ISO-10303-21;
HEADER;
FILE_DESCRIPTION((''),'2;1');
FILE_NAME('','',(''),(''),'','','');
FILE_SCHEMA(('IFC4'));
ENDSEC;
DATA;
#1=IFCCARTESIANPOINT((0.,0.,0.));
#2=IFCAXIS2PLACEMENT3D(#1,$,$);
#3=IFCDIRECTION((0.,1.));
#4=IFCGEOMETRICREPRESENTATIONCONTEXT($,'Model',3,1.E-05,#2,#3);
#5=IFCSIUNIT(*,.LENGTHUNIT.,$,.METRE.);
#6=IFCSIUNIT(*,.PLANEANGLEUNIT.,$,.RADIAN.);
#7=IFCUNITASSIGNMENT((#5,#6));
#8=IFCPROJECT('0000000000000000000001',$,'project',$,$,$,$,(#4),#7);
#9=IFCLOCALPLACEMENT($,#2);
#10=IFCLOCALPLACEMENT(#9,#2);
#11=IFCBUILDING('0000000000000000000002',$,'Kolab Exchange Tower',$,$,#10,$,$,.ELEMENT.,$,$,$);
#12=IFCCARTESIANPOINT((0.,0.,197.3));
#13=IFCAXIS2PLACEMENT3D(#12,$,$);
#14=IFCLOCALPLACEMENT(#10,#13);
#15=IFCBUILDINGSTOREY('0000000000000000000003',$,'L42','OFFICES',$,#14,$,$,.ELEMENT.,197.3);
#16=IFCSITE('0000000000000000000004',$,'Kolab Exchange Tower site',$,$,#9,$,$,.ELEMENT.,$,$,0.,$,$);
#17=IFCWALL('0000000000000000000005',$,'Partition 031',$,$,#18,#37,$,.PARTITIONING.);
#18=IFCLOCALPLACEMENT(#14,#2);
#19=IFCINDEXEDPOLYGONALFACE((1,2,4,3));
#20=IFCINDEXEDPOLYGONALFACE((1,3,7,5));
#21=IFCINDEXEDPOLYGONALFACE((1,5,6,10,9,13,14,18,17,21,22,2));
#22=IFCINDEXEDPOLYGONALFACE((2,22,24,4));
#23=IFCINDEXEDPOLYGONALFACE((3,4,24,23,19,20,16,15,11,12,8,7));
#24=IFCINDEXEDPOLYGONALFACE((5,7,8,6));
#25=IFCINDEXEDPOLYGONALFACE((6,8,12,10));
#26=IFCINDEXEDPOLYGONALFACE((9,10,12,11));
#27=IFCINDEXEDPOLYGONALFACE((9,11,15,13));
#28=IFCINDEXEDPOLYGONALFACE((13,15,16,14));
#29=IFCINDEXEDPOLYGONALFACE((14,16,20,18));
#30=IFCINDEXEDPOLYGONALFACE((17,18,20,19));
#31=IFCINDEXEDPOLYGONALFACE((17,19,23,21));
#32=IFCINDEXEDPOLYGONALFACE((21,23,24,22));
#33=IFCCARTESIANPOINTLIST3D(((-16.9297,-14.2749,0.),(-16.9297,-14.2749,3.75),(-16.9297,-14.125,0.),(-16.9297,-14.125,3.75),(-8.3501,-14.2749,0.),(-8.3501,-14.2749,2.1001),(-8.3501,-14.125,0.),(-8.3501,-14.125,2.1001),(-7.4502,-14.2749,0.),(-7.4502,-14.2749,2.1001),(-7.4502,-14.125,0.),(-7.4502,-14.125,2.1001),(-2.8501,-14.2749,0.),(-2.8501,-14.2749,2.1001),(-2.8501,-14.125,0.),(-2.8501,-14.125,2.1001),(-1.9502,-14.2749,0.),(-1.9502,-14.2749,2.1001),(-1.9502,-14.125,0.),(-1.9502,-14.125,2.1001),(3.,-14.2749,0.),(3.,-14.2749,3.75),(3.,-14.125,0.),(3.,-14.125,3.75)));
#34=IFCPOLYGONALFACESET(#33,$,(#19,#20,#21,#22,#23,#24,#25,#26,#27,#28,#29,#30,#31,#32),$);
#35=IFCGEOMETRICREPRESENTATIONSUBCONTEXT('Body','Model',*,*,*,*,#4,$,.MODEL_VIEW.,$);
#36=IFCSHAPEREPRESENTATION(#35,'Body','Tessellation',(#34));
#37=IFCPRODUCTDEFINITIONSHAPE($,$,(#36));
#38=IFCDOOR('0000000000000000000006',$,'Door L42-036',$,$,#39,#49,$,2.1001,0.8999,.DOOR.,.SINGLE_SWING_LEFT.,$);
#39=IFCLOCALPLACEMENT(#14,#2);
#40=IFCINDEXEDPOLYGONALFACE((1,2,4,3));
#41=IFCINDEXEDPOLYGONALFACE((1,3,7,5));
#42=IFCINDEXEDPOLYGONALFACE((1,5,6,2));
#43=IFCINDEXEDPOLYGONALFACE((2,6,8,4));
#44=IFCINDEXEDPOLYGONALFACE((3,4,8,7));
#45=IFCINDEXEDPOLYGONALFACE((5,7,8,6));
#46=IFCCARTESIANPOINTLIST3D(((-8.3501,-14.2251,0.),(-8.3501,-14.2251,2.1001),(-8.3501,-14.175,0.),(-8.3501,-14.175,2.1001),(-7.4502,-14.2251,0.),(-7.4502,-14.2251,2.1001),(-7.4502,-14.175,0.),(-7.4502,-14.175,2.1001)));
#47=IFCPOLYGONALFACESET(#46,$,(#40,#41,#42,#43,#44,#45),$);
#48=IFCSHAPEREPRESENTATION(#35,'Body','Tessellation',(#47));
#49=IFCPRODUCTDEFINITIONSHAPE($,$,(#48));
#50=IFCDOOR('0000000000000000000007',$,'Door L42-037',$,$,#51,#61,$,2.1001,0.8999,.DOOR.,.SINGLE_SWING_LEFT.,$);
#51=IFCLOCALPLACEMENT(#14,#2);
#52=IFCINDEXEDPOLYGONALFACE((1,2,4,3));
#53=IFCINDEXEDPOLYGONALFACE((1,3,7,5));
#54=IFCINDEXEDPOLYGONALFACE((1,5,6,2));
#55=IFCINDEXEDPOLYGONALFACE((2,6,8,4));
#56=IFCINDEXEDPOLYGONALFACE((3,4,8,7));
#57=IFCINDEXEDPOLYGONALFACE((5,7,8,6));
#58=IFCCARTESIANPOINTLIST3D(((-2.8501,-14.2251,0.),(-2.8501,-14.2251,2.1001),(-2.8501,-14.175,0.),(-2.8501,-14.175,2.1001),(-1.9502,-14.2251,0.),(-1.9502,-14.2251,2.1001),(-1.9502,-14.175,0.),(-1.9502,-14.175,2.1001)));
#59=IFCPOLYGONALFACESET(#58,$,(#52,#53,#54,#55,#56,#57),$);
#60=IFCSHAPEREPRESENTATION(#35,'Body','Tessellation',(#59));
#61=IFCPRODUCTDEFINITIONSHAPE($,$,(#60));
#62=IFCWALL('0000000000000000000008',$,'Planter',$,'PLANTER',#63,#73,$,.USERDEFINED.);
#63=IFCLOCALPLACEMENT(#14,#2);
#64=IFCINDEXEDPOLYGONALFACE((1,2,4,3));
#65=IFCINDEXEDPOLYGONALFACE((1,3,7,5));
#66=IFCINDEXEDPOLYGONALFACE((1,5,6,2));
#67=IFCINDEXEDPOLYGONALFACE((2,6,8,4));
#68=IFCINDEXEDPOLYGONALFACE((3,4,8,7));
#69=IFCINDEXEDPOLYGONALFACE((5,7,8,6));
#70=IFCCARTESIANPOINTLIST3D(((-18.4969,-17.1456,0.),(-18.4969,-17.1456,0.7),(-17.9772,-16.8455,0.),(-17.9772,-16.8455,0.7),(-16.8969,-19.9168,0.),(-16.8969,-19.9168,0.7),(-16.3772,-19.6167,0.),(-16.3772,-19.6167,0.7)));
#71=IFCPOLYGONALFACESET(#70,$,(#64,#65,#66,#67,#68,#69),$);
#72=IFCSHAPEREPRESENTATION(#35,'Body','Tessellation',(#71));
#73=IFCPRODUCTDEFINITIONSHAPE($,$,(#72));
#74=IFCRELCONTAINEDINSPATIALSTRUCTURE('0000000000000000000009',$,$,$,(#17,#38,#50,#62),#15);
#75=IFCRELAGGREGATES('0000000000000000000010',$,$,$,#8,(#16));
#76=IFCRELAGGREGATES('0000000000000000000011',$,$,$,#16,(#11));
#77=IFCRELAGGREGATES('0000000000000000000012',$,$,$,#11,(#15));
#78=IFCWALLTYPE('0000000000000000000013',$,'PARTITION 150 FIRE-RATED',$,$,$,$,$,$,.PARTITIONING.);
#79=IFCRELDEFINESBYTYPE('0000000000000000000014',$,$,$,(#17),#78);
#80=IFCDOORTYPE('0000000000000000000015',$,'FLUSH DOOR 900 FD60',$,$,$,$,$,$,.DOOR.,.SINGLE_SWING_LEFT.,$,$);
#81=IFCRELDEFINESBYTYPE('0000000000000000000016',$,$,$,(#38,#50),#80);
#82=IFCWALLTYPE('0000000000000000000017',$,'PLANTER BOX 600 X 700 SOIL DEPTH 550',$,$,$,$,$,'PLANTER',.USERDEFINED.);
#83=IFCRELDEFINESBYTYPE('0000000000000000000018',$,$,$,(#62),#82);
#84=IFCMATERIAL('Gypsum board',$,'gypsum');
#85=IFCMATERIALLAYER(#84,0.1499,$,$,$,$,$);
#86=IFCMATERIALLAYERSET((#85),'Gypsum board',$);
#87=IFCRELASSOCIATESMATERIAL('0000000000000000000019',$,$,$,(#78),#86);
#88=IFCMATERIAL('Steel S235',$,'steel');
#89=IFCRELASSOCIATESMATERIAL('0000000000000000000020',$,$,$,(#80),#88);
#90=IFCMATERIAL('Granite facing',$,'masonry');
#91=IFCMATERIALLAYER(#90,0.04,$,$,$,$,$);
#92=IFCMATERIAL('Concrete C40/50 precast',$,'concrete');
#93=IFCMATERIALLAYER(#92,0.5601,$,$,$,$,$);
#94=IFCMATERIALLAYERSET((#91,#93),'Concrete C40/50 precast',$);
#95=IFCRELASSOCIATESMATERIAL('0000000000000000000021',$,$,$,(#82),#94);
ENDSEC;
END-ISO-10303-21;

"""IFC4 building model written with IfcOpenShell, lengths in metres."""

from ifc_helpers import new_model, si_unit, direction, frame, frame_2d, origin, place, context, subcontext, project, spatial, rectangle, extrude, material, layer, layer_set, type_object, element, fill, save


model = new_model("IFC4")

# Units and contexts
model_context = context("Model", 3, precision=1e-05, world=origin(), true_north=direction((0.0, 1.0)))
body_context = subcontext(model_context, "Body", "Model", "MODEL_VIEW")
ifc_project = project(units=[si_unit("LENGTHUNIT", "METRE"), si_unit("PLANEANGLEUNIT", "RADIAN")], contexts=[model_context])

# Site, building, storey
site_placement = place(None, origin())
site = spatial("IfcSite", under=ifc_project, at=site_placement, Name="Kolab Exchange Tower site", CompositionType="ELEMENT", RefElevation=0.0)
building_placement = place(site_placement, origin())
building = spatial("IfcBuilding", under=site, at=building_placement, Name="Kolab Exchange Tower", CompositionType="ELEMENT")
storey_placement = place(building_placement, frame((0.0, 0.0, 197.3)))
storey = spatial("IfcBuildingStorey", under=building, at=storey_placement, Name="L42", Description="OFFICES", CompositionType="ELEMENT", Elevation=197.3)

# Wall, openings, doors
ifc_material_1 = material(Name="Gypsum board", Category="gypsum")
ifc_layer_1 = layer(ifc_material_1, 0.1499)
ifc_layer_set_1 = layer_set([ifc_layer_1], Name="Gypsum board")
wall_type_1 = type_object("IfcWallType", Name="PARTITION 150 FIRE-RATED", PredefinedType="PARTITIONING", material=ifc_layer_set_1)
ifc_material_2 = material(Name="Steel S235", Category="steel")
wall_1_placement = place(storey_placement, frame((-16.9297, -14.2, 0.0), z_axis=(0.0, 0.0, 1.0), x_axis=(1.0, 0.0, 0.0)))
wall_1 = element("IfcWall", 1, at=wall_1_placement, inside=storey, type_object=wall_type_1, Name="Partition 031", PredefinedType="PARTITIONING", context=body_context, shape_type="SweptSolid", body=[
    extrude(rectangle(XDim=19.9297, YDim=0.1499, at=frame_2d((9.9648, 0.0))), origin(), (0.0, 0.0, 1.0), 3.75),
])
opening_1_placement = place(wall_1_placement, frame((8.5796, 0.0, 0.0)))
opening_1 = element("IfcOpeningElement", 2, at=opening_1_placement, cuts=wall_1, PredefinedType="OPENING", context=body_context, shape_type="SweptSolid", body=[
    extrude(rectangle(XDim=0.8999, YDim=2.1001, at=frame_2d((0.45, 1.05))), frame((0.0, 0.085, 0.0), z_axis=(0.0, -1.0, 0.0), x_axis=(1.0, 0.0, 0.0)), (0.0, 0.0, 1.0), 0.1699),
])
opening_2_placement = place(wall_1_placement, frame((14.0796, 0.0, 0.0)))
opening_2 = element("IfcOpeningElement", 3, at=opening_2_placement, cuts=wall_1, PredefinedType="OPENING", context=body_context, shape_type="SweptSolid", body=[
    extrude(rectangle(XDim=0.8999, YDim=2.1001, at=frame_2d((0.45, 1.05))), frame((0.0, 0.085, 0.0), z_axis=(0.0, -1.0, 0.0), x_axis=(1.0, 0.0, 0.0)), (0.0, 0.0, 1.0), 0.1699),
])
door_type_1 = type_object("IfcDoorType", Name="FLUSH DOOR 900 FD60", OperationType="SINGLE_SWING_LEFT", PredefinedType="DOOR", material=ifc_material_2)
door_1_placement = place(opening_1_placement, origin())
door_1 = element("IfcDoor", 4, at=door_1_placement, inside=storey, type_object=door_type_1, Name="Door L42-036", OperationType="SINGLE_SWING_LEFT", OverallHeight=2.1001, OverallWidth=0.8999, PredefinedType="DOOR", context=body_context, shape_type="SweptSolid", body=[
    extrude(rectangle(XDim=0.8999, YDim=2.1001, at=frame_2d((0.45, 1.05))), frame((0.0, 0.0249, 0.0), z_axis=(0.0, -1.0, 0.0), x_axis=(1.0, 0.0, 0.0)), (0.0, 0.0, 1.0), 0.05),
])
fill(opening_1, door_1)
door_2_placement = place(opening_2_placement, origin())
door_2 = element("IfcDoor", 5, at=door_2_placement, inside=storey, type_object=door_type_1, Name="Door L42-037", OperationType="SINGLE_SWING_LEFT", OverallHeight=2.1001, OverallWidth=0.8999, PredefinedType="DOOR", context=body_context, shape_type="SweptSolid", body=[
    extrude(rectangle(XDim=0.8999, YDim=2.1001, at=frame_2d((0.45, 1.05))), frame((0.0, 0.0249, 0.0), z_axis=(0.0, -1.0, 0.0), x_axis=(1.0, 0.0, 0.0)), (0.0, 0.0, 1.0), 0.05),
])
fill(opening_2, door_2)

# Wall
ifc_material_3 = material(Name="Granite facing", Category="masonry")
ifc_layer_2 = layer(ifc_material_3, 0.04)
ifc_material_4 = material(Name="Concrete C40/50 precast", Category="concrete")
ifc_layer_3 = layer(ifc_material_4, 0.5601)
ifc_layer_set_2 = layer_set([ifc_layer_2, ifc_layer_3], Name="Concrete C40/50 precast")
wall_type_2 = type_object("IfcWallType", Name="PLANTER BOX 600 X 700 SOIL DEPTH 550", ElementType="PLANTER", PredefinedType="USERDEFINED", material=ifc_layer_set_2)
wall_2_placement = place(storey_placement, frame((-16.637, -19.7668, 0.0), z_axis=(0.0, 0.0, 1.0), x_axis=(-0.500028, 0.866009, 0.0)))
element("IfcWall", 6, at=wall_2_placement, inside=storey, type_object=wall_type_2, Name="Planter", ObjectType="PLANTER", PredefinedType="USERDEFINED", context=body_context, shape_type="SweptSolid", body=[
    extrude(rectangle(XDim=3.2, YDim=0.6001, at=frame_2d((1.6001, 0.0))), origin(), (0.0, 0.0, 1.0), 0.7),
])

save(model, "model.ifc")
